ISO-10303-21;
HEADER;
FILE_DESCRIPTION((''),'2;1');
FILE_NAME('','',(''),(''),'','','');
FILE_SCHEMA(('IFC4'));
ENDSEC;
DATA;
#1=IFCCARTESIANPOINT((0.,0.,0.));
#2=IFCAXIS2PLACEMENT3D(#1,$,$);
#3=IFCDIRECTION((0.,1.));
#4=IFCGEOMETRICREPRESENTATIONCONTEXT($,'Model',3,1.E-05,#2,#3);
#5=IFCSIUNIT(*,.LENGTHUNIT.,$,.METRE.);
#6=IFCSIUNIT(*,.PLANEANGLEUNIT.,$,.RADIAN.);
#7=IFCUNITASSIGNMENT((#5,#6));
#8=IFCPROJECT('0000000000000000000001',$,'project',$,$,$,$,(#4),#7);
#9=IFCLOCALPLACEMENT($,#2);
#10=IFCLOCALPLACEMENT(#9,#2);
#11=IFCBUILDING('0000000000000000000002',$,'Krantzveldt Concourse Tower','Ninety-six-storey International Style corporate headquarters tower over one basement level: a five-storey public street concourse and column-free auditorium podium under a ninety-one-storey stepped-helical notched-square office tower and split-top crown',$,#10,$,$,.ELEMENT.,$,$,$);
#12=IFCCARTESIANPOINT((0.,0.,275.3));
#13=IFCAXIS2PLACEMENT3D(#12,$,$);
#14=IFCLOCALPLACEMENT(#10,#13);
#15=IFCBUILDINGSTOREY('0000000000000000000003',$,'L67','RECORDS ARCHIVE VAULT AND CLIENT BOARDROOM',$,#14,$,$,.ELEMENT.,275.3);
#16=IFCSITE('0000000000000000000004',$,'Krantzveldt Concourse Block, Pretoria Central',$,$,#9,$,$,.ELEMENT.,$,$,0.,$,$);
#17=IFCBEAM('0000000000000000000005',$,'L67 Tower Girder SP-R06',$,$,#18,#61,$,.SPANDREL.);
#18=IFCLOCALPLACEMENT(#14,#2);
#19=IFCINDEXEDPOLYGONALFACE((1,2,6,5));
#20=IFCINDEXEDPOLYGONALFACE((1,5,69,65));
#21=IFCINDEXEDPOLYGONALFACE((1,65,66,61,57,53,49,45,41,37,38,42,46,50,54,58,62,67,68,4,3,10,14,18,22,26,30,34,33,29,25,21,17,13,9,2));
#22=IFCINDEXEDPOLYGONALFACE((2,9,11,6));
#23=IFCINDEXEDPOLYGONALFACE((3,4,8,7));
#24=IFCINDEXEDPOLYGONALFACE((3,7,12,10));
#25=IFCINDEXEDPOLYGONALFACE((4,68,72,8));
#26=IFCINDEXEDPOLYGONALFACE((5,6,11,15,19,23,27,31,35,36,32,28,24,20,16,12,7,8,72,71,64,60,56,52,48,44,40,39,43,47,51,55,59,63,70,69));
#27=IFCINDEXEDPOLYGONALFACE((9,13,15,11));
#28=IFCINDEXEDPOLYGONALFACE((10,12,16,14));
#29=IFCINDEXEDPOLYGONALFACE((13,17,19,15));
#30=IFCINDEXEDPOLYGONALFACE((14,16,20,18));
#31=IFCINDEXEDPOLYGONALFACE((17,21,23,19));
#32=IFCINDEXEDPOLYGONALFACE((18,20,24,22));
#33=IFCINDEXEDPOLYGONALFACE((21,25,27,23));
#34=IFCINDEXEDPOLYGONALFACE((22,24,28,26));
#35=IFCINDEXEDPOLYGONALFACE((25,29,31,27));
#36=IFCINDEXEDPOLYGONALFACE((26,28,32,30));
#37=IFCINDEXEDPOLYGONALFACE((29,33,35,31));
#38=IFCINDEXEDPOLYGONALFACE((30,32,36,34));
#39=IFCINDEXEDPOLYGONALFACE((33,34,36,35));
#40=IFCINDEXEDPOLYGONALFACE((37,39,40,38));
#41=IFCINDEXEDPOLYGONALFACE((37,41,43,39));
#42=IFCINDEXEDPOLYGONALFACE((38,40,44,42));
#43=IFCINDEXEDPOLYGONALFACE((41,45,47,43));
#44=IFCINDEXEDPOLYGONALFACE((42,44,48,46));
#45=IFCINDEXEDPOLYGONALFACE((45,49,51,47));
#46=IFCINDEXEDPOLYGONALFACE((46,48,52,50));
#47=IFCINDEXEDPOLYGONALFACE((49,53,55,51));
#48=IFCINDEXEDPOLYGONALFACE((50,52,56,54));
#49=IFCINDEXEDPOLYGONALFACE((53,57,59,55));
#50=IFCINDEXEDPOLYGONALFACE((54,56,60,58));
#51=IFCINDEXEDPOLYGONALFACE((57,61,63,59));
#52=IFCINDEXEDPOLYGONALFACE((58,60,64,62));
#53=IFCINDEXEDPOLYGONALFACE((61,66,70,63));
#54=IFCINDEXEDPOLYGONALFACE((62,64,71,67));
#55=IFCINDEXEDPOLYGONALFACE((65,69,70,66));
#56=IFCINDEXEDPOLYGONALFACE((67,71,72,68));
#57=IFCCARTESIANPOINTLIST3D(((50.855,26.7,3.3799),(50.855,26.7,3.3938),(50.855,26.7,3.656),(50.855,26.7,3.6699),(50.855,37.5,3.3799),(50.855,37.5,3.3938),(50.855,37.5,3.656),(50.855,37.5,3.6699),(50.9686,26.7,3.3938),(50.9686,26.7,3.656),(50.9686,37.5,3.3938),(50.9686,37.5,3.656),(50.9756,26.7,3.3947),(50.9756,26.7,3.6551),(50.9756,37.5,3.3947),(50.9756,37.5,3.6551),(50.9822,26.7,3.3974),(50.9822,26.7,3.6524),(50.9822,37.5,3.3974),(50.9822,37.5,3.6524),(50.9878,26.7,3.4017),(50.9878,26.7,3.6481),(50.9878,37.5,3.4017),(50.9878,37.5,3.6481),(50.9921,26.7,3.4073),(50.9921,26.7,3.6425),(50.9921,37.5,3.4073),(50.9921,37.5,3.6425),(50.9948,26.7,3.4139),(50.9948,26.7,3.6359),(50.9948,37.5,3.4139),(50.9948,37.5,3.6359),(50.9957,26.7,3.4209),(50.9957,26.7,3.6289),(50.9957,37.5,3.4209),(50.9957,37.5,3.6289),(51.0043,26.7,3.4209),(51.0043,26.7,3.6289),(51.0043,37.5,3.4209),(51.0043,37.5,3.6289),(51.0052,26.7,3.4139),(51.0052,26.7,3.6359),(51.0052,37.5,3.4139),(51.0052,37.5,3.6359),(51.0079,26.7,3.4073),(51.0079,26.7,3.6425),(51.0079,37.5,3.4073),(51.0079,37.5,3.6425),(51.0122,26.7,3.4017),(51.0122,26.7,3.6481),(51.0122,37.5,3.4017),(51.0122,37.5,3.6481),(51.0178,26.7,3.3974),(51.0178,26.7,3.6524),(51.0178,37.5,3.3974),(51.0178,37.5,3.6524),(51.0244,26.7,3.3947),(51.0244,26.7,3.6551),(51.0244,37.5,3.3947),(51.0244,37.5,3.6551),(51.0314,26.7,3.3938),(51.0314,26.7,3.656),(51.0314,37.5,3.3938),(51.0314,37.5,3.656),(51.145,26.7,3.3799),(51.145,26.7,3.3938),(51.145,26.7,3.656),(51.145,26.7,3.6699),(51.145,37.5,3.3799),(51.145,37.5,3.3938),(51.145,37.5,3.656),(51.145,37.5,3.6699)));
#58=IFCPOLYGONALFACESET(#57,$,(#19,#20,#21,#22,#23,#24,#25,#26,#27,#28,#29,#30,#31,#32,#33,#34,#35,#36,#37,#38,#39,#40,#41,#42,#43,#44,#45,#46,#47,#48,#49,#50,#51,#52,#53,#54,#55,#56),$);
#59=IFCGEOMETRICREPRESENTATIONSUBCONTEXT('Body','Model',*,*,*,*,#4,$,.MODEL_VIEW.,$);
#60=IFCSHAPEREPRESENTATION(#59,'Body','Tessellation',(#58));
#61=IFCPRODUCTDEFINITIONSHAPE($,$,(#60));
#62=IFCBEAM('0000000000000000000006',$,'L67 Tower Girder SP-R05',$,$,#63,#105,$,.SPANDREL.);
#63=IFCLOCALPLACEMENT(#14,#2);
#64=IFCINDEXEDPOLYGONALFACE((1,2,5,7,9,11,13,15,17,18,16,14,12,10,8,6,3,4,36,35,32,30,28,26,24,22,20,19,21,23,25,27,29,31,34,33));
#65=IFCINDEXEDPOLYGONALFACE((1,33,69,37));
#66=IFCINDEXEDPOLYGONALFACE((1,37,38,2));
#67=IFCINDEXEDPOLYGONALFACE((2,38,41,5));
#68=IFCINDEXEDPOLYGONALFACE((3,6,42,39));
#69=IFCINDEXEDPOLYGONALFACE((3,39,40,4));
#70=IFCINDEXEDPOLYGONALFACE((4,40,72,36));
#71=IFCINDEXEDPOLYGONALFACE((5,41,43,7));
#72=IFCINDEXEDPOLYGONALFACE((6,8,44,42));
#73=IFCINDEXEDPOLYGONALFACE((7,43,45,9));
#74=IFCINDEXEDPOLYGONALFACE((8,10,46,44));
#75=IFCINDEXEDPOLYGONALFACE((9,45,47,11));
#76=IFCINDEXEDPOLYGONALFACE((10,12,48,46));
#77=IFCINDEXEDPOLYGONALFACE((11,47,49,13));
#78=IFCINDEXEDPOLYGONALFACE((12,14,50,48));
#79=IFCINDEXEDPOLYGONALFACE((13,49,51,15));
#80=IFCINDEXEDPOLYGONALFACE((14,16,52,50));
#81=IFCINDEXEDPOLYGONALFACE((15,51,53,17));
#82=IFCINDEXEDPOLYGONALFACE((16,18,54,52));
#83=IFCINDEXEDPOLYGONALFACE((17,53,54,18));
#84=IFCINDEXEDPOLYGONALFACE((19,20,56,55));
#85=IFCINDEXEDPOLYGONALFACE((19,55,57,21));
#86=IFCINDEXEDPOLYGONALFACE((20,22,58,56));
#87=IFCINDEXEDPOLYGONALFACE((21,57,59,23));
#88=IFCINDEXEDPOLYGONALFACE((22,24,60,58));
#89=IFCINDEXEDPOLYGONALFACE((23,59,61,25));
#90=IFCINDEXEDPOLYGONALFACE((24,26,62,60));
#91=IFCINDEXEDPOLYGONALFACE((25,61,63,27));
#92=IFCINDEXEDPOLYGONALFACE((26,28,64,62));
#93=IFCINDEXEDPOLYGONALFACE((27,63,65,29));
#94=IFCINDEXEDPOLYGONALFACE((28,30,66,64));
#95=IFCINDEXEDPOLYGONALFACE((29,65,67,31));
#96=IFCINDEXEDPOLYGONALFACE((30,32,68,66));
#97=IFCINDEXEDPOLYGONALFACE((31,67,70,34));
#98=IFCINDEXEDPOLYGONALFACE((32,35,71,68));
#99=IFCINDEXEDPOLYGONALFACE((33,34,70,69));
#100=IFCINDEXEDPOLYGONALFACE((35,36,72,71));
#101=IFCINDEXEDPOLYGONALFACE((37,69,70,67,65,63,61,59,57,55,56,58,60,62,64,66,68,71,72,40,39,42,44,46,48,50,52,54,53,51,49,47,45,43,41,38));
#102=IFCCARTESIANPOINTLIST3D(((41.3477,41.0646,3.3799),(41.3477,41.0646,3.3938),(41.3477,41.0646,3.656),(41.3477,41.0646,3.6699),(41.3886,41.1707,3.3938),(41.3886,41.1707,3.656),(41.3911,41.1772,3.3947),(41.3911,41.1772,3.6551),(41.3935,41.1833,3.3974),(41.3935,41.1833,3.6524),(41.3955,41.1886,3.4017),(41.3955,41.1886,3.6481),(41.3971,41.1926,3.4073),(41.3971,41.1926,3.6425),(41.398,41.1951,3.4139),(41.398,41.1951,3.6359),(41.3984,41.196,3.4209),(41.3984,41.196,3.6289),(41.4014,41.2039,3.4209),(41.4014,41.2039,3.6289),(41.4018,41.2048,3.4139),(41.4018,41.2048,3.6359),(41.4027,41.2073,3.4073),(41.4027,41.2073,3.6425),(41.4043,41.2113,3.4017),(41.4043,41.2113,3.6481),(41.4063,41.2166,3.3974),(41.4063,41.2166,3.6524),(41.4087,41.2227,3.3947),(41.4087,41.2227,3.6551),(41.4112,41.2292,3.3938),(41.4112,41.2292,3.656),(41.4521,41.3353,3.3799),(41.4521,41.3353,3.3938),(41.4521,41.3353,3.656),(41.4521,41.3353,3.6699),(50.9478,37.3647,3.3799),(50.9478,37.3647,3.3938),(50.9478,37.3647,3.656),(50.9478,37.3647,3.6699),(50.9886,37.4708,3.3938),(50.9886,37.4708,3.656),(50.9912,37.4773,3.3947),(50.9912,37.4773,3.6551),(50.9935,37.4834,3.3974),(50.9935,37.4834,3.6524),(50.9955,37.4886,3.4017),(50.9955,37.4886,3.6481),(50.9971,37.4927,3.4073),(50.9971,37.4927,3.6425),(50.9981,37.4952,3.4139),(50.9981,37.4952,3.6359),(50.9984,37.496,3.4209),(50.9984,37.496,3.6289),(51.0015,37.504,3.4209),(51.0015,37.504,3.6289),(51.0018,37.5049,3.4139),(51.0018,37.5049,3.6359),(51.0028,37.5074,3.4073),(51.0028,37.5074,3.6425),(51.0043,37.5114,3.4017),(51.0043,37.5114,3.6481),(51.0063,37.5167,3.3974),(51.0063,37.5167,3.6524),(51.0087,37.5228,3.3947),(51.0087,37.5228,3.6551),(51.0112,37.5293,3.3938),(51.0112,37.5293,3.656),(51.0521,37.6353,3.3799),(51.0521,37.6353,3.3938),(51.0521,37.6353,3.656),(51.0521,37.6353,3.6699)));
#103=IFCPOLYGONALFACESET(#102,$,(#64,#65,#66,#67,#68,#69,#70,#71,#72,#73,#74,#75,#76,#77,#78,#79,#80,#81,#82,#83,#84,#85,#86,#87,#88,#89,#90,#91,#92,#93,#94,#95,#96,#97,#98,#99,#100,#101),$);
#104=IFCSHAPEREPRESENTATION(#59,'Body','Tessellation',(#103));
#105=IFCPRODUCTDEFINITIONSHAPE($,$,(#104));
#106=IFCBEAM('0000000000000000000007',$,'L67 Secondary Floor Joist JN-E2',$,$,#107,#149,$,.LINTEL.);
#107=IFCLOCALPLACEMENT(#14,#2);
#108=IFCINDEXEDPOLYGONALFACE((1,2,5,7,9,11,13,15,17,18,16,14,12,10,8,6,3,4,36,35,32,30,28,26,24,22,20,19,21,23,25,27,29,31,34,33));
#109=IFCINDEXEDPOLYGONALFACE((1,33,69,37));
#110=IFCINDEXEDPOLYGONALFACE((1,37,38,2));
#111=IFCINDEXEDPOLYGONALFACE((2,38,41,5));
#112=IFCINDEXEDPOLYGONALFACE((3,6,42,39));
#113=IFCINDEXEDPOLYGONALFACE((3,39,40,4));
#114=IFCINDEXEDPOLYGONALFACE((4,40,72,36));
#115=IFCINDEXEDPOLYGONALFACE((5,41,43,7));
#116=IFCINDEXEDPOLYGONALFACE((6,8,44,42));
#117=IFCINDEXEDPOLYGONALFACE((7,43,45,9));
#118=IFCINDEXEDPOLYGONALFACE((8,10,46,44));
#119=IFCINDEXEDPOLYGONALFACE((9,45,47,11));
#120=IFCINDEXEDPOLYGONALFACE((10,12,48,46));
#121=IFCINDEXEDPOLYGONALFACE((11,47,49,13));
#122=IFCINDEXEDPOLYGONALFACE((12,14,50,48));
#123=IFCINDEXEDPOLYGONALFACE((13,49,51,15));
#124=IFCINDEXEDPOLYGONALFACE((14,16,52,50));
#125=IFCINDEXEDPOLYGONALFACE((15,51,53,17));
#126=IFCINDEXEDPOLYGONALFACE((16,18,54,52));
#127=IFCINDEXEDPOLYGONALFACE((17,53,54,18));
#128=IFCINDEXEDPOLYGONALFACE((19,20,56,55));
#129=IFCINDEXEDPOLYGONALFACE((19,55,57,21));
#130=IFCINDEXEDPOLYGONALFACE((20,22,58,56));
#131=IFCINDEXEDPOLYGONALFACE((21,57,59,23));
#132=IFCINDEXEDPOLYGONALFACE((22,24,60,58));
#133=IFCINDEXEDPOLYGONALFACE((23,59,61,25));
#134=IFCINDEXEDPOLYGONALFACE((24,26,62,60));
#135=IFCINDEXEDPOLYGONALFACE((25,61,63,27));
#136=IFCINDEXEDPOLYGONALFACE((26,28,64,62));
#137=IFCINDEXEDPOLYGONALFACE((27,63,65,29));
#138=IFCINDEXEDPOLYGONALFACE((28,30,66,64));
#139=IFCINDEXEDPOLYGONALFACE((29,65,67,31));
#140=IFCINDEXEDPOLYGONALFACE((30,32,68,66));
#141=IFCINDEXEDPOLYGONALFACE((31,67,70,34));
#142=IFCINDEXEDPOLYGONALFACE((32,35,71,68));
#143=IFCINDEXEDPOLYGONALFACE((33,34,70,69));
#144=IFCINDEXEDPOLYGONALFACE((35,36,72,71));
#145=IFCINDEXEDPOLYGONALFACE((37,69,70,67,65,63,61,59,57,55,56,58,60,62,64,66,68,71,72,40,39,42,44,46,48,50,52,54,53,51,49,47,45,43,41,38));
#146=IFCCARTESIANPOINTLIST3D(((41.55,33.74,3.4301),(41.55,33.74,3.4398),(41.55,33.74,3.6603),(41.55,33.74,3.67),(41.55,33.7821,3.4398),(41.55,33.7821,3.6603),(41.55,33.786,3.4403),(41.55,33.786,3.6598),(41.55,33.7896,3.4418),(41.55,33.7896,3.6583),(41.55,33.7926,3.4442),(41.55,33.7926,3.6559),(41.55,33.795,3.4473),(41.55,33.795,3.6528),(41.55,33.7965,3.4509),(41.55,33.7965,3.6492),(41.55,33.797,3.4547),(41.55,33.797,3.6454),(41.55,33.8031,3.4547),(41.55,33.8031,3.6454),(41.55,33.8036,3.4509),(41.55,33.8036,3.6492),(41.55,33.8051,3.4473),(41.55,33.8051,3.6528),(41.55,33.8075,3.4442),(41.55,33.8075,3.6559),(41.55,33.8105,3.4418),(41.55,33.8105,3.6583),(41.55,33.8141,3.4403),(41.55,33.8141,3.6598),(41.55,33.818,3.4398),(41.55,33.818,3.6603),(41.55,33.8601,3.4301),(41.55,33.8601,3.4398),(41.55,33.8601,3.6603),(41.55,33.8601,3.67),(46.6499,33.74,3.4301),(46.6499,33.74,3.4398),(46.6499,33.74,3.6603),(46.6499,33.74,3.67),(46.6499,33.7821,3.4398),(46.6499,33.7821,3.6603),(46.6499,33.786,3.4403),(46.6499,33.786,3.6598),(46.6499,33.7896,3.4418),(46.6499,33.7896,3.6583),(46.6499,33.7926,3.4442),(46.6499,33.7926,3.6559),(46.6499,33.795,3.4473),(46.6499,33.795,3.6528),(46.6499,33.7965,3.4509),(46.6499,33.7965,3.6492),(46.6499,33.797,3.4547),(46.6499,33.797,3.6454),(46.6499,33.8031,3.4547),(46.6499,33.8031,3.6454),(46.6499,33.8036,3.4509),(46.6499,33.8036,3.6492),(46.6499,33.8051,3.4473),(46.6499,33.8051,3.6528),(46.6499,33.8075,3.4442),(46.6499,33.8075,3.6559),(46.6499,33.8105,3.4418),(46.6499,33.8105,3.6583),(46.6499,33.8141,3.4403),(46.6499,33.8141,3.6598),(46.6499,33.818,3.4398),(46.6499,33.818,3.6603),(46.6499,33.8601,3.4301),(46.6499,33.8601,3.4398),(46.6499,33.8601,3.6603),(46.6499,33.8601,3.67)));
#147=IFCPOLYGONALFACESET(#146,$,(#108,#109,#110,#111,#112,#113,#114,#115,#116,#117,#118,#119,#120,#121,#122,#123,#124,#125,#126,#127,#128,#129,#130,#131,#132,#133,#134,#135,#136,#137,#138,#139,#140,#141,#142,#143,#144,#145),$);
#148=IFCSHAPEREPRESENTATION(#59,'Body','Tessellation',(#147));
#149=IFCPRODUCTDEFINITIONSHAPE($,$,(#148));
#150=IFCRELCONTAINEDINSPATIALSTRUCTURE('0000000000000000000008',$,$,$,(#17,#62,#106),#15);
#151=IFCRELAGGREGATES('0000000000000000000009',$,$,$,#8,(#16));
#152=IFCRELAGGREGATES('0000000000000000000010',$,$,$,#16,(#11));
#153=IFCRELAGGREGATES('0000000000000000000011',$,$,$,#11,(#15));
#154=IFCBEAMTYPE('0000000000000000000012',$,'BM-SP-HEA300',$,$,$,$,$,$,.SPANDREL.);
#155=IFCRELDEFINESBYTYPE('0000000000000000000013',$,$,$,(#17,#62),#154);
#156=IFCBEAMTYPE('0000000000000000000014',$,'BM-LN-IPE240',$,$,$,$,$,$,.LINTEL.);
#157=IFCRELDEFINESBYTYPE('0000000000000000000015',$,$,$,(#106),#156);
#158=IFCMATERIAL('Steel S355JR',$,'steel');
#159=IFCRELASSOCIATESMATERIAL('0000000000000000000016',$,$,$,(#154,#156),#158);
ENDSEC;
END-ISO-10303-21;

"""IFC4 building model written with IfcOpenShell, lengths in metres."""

from ifc_helpers import new_model, si_unit, direction, frame, origin, origin_2d, place, context, subcontext, project, spatial, i_section, extrude, source, transform, mapped, material, material_profile, profile_set, type_object, type_shapes, element, save


model = new_model("IFC4")

# Units and contexts
model_context = context("Model", 3, precision=1e-05, world=origin(), true_north=direction((0.0, 1.0)))
body_context = subcontext(model_context, "Body", "Model", "MODEL_VIEW")
ifc_project = project(units=[si_unit("LENGTHUNIT", "METRE"), si_unit("PLANEANGLEUNIT", "RADIAN")], contexts=[model_context])

# Site, building, storey
site_placement = place(None, origin())
site = spatial("IfcSite", under=ifc_project, at=site_placement, Name="Krantzveldt Concourse Block, Pretoria Central", CompositionType="ELEMENT", RefElevation=0.0)
building_placement = place(site_placement, origin())
building = spatial("IfcBuilding", under=site, at=building_placement, Name="Krantzveldt Concourse Tower", Description="Ninety-six-storey International Style corporate headquarters tower over one basement level: a five-storey public street concourse and column-free auditorium podium under a ninety-one-storey stepped-helical notched-square office tower and split-top crown", CompositionType="ELEMENT")
storey_placement = place(building_placement, frame((0.0, 0.0, 275.3)))
storey = spatial("IfcBuildingStorey", under=building, at=storey_placement, Name="L67", Description="RECORDS ARCHIVE VAULT AND CLIENT BOARDROOM", CompositionType="ELEMENT", Elevation=275.3)

# Beams
ifc_material_1 = material(Name="Steel S355JR", Category="steel")
ifc_material_profile_1 = material_profile(ifc_material_1, i_section(OverallWidth=0.29, OverallDepth=0.29, WebThickness=0.0085, FlangeThickness=0.0139, FilletRadius=0.0271, at=origin_2d()), Name="Steel S355JR", Category="steel")
ifc_profile_set_1 = profile_set([ifc_material_profile_1], Name="Steel S355JR - HEA 300")
beam_type_1 = type_object("IfcBeamType", Name="BM-SP-HEA300", PredefinedType="SPANDREL", material=ifc_profile_set_1)
shared_shape_1 = source(origin(), body_context, "Body", "SweptSolid", [
    extrude(i_section(OverallWidth=0.29, OverallDepth=0.29, WebThickness=0.0085, FlangeThickness=0.0139, FilletRadius=0.0271, at=origin_2d()), origin(), (0.0, 0.0, 1.0), 10.8),
])
beam_1_placement = place(storey_placement, frame((51.0, 37.5, 3.5249), z_axis=(0.0, -1.0, 0.0), x_axis=(1.0, 0.0, 0.0)))
element("IfcBeam", 1, at=beam_1_placement, inside=storey, type_object=beam_type_1, Name="L67 Tower Girder SP-R06", PredefinedType="SPANDREL", context=body_context, shape_type="MappedRepresentation", body=[
    mapped(shared_shape_1, transform((0.0, 0.0, 0.0), x_axis=(1.0, 0.0, 0.0), y_axis=(0.0, 1.0, 0.0), z_axis=(0.0, 0.0, 1.0), scale=1.0)),
])
shared_shape_2 = source(origin(), body_context, "Body", "SweptSolid", [
    extrude(i_section(OverallWidth=0.29, OverallDepth=0.29, WebThickness=0.0085, FlangeThickness=0.0139, FilletRadius=0.0271, at=origin_2d()), origin(), (0.0, 0.0, 1.0), 10.2883),
])
type_shapes(beam_type_1, [shared_shape_1, shared_shape_2])
beam_2_placement = place(storey_placement, frame((41.3999, 41.2, 3.5249), z_axis=(0.933098, -0.359623, 0.0), x_axis=(0.359623, 0.933098, 0.0)))
element("IfcBeam", 2, at=beam_2_placement, inside=storey, type_object=beam_type_1, Name="L67 Tower Girder SP-R05", PredefinedType="SPANDREL", context=body_context, shape_type="MappedRepresentation", body=[
    mapped(shared_shape_2, transform((0.0, 0.0, 0.0), x_axis=(1.0, 0.0, 0.0), y_axis=(0.0, 1.0, 0.0), z_axis=(0.0, 0.0, 1.0), scale=1.0)),
])
ifc_material_profile_2 = material_profile(ifc_material_1, i_section(OverallWidth=0.1201, OverallDepth=0.24, WebThickness=0.0061, FlangeThickness=0.0098, FilletRadius=0.0149, at=origin_2d()), Name="Steel S355JR", Category="steel")
ifc_profile_set_2 = profile_set([ifc_material_profile_2], Name="Steel S355JR - IPE 240")
beam_type_2 = type_object("IfcBeamType", Name="BM-LN-IPE240", PredefinedType="LINTEL", material=ifc_profile_set_2)
shared_shape_3 = source(origin(), body_context, "Body", "SweptSolid", [
    extrude(i_section(OverallWidth=0.1201, OverallDepth=0.24, WebThickness=0.0061, FlangeThickness=0.0098, FilletRadius=0.0149, at=origin_2d()), origin(), (0.0, 0.0, 1.0), 5.0999),
])
type_shapes(beam_type_2, [shared_shape_3])
beam_3_placement = place(storey_placement, frame((41.55, 33.8, 3.55), z_axis=(1.0, 0.0, 0.0), x_axis=(0.0, 1.0, 0.0)))
element("IfcBeam", 3, at=beam_3_placement, inside=storey, type_object=beam_type_2, Name="L67 Secondary Floor Joist JN-E2", PredefinedType="LINTEL", context=body_context, shape_type="MappedRepresentation", body=[
    mapped(shared_shape_3, transform((0.0, 0.0, 0.0), x_axis=(1.0, 0.0, 0.0), y_axis=(0.0, 1.0, 0.0), z_axis=(0.0, 0.0, 1.0), scale=1.0)),
])

save(model, "model.ifc")
